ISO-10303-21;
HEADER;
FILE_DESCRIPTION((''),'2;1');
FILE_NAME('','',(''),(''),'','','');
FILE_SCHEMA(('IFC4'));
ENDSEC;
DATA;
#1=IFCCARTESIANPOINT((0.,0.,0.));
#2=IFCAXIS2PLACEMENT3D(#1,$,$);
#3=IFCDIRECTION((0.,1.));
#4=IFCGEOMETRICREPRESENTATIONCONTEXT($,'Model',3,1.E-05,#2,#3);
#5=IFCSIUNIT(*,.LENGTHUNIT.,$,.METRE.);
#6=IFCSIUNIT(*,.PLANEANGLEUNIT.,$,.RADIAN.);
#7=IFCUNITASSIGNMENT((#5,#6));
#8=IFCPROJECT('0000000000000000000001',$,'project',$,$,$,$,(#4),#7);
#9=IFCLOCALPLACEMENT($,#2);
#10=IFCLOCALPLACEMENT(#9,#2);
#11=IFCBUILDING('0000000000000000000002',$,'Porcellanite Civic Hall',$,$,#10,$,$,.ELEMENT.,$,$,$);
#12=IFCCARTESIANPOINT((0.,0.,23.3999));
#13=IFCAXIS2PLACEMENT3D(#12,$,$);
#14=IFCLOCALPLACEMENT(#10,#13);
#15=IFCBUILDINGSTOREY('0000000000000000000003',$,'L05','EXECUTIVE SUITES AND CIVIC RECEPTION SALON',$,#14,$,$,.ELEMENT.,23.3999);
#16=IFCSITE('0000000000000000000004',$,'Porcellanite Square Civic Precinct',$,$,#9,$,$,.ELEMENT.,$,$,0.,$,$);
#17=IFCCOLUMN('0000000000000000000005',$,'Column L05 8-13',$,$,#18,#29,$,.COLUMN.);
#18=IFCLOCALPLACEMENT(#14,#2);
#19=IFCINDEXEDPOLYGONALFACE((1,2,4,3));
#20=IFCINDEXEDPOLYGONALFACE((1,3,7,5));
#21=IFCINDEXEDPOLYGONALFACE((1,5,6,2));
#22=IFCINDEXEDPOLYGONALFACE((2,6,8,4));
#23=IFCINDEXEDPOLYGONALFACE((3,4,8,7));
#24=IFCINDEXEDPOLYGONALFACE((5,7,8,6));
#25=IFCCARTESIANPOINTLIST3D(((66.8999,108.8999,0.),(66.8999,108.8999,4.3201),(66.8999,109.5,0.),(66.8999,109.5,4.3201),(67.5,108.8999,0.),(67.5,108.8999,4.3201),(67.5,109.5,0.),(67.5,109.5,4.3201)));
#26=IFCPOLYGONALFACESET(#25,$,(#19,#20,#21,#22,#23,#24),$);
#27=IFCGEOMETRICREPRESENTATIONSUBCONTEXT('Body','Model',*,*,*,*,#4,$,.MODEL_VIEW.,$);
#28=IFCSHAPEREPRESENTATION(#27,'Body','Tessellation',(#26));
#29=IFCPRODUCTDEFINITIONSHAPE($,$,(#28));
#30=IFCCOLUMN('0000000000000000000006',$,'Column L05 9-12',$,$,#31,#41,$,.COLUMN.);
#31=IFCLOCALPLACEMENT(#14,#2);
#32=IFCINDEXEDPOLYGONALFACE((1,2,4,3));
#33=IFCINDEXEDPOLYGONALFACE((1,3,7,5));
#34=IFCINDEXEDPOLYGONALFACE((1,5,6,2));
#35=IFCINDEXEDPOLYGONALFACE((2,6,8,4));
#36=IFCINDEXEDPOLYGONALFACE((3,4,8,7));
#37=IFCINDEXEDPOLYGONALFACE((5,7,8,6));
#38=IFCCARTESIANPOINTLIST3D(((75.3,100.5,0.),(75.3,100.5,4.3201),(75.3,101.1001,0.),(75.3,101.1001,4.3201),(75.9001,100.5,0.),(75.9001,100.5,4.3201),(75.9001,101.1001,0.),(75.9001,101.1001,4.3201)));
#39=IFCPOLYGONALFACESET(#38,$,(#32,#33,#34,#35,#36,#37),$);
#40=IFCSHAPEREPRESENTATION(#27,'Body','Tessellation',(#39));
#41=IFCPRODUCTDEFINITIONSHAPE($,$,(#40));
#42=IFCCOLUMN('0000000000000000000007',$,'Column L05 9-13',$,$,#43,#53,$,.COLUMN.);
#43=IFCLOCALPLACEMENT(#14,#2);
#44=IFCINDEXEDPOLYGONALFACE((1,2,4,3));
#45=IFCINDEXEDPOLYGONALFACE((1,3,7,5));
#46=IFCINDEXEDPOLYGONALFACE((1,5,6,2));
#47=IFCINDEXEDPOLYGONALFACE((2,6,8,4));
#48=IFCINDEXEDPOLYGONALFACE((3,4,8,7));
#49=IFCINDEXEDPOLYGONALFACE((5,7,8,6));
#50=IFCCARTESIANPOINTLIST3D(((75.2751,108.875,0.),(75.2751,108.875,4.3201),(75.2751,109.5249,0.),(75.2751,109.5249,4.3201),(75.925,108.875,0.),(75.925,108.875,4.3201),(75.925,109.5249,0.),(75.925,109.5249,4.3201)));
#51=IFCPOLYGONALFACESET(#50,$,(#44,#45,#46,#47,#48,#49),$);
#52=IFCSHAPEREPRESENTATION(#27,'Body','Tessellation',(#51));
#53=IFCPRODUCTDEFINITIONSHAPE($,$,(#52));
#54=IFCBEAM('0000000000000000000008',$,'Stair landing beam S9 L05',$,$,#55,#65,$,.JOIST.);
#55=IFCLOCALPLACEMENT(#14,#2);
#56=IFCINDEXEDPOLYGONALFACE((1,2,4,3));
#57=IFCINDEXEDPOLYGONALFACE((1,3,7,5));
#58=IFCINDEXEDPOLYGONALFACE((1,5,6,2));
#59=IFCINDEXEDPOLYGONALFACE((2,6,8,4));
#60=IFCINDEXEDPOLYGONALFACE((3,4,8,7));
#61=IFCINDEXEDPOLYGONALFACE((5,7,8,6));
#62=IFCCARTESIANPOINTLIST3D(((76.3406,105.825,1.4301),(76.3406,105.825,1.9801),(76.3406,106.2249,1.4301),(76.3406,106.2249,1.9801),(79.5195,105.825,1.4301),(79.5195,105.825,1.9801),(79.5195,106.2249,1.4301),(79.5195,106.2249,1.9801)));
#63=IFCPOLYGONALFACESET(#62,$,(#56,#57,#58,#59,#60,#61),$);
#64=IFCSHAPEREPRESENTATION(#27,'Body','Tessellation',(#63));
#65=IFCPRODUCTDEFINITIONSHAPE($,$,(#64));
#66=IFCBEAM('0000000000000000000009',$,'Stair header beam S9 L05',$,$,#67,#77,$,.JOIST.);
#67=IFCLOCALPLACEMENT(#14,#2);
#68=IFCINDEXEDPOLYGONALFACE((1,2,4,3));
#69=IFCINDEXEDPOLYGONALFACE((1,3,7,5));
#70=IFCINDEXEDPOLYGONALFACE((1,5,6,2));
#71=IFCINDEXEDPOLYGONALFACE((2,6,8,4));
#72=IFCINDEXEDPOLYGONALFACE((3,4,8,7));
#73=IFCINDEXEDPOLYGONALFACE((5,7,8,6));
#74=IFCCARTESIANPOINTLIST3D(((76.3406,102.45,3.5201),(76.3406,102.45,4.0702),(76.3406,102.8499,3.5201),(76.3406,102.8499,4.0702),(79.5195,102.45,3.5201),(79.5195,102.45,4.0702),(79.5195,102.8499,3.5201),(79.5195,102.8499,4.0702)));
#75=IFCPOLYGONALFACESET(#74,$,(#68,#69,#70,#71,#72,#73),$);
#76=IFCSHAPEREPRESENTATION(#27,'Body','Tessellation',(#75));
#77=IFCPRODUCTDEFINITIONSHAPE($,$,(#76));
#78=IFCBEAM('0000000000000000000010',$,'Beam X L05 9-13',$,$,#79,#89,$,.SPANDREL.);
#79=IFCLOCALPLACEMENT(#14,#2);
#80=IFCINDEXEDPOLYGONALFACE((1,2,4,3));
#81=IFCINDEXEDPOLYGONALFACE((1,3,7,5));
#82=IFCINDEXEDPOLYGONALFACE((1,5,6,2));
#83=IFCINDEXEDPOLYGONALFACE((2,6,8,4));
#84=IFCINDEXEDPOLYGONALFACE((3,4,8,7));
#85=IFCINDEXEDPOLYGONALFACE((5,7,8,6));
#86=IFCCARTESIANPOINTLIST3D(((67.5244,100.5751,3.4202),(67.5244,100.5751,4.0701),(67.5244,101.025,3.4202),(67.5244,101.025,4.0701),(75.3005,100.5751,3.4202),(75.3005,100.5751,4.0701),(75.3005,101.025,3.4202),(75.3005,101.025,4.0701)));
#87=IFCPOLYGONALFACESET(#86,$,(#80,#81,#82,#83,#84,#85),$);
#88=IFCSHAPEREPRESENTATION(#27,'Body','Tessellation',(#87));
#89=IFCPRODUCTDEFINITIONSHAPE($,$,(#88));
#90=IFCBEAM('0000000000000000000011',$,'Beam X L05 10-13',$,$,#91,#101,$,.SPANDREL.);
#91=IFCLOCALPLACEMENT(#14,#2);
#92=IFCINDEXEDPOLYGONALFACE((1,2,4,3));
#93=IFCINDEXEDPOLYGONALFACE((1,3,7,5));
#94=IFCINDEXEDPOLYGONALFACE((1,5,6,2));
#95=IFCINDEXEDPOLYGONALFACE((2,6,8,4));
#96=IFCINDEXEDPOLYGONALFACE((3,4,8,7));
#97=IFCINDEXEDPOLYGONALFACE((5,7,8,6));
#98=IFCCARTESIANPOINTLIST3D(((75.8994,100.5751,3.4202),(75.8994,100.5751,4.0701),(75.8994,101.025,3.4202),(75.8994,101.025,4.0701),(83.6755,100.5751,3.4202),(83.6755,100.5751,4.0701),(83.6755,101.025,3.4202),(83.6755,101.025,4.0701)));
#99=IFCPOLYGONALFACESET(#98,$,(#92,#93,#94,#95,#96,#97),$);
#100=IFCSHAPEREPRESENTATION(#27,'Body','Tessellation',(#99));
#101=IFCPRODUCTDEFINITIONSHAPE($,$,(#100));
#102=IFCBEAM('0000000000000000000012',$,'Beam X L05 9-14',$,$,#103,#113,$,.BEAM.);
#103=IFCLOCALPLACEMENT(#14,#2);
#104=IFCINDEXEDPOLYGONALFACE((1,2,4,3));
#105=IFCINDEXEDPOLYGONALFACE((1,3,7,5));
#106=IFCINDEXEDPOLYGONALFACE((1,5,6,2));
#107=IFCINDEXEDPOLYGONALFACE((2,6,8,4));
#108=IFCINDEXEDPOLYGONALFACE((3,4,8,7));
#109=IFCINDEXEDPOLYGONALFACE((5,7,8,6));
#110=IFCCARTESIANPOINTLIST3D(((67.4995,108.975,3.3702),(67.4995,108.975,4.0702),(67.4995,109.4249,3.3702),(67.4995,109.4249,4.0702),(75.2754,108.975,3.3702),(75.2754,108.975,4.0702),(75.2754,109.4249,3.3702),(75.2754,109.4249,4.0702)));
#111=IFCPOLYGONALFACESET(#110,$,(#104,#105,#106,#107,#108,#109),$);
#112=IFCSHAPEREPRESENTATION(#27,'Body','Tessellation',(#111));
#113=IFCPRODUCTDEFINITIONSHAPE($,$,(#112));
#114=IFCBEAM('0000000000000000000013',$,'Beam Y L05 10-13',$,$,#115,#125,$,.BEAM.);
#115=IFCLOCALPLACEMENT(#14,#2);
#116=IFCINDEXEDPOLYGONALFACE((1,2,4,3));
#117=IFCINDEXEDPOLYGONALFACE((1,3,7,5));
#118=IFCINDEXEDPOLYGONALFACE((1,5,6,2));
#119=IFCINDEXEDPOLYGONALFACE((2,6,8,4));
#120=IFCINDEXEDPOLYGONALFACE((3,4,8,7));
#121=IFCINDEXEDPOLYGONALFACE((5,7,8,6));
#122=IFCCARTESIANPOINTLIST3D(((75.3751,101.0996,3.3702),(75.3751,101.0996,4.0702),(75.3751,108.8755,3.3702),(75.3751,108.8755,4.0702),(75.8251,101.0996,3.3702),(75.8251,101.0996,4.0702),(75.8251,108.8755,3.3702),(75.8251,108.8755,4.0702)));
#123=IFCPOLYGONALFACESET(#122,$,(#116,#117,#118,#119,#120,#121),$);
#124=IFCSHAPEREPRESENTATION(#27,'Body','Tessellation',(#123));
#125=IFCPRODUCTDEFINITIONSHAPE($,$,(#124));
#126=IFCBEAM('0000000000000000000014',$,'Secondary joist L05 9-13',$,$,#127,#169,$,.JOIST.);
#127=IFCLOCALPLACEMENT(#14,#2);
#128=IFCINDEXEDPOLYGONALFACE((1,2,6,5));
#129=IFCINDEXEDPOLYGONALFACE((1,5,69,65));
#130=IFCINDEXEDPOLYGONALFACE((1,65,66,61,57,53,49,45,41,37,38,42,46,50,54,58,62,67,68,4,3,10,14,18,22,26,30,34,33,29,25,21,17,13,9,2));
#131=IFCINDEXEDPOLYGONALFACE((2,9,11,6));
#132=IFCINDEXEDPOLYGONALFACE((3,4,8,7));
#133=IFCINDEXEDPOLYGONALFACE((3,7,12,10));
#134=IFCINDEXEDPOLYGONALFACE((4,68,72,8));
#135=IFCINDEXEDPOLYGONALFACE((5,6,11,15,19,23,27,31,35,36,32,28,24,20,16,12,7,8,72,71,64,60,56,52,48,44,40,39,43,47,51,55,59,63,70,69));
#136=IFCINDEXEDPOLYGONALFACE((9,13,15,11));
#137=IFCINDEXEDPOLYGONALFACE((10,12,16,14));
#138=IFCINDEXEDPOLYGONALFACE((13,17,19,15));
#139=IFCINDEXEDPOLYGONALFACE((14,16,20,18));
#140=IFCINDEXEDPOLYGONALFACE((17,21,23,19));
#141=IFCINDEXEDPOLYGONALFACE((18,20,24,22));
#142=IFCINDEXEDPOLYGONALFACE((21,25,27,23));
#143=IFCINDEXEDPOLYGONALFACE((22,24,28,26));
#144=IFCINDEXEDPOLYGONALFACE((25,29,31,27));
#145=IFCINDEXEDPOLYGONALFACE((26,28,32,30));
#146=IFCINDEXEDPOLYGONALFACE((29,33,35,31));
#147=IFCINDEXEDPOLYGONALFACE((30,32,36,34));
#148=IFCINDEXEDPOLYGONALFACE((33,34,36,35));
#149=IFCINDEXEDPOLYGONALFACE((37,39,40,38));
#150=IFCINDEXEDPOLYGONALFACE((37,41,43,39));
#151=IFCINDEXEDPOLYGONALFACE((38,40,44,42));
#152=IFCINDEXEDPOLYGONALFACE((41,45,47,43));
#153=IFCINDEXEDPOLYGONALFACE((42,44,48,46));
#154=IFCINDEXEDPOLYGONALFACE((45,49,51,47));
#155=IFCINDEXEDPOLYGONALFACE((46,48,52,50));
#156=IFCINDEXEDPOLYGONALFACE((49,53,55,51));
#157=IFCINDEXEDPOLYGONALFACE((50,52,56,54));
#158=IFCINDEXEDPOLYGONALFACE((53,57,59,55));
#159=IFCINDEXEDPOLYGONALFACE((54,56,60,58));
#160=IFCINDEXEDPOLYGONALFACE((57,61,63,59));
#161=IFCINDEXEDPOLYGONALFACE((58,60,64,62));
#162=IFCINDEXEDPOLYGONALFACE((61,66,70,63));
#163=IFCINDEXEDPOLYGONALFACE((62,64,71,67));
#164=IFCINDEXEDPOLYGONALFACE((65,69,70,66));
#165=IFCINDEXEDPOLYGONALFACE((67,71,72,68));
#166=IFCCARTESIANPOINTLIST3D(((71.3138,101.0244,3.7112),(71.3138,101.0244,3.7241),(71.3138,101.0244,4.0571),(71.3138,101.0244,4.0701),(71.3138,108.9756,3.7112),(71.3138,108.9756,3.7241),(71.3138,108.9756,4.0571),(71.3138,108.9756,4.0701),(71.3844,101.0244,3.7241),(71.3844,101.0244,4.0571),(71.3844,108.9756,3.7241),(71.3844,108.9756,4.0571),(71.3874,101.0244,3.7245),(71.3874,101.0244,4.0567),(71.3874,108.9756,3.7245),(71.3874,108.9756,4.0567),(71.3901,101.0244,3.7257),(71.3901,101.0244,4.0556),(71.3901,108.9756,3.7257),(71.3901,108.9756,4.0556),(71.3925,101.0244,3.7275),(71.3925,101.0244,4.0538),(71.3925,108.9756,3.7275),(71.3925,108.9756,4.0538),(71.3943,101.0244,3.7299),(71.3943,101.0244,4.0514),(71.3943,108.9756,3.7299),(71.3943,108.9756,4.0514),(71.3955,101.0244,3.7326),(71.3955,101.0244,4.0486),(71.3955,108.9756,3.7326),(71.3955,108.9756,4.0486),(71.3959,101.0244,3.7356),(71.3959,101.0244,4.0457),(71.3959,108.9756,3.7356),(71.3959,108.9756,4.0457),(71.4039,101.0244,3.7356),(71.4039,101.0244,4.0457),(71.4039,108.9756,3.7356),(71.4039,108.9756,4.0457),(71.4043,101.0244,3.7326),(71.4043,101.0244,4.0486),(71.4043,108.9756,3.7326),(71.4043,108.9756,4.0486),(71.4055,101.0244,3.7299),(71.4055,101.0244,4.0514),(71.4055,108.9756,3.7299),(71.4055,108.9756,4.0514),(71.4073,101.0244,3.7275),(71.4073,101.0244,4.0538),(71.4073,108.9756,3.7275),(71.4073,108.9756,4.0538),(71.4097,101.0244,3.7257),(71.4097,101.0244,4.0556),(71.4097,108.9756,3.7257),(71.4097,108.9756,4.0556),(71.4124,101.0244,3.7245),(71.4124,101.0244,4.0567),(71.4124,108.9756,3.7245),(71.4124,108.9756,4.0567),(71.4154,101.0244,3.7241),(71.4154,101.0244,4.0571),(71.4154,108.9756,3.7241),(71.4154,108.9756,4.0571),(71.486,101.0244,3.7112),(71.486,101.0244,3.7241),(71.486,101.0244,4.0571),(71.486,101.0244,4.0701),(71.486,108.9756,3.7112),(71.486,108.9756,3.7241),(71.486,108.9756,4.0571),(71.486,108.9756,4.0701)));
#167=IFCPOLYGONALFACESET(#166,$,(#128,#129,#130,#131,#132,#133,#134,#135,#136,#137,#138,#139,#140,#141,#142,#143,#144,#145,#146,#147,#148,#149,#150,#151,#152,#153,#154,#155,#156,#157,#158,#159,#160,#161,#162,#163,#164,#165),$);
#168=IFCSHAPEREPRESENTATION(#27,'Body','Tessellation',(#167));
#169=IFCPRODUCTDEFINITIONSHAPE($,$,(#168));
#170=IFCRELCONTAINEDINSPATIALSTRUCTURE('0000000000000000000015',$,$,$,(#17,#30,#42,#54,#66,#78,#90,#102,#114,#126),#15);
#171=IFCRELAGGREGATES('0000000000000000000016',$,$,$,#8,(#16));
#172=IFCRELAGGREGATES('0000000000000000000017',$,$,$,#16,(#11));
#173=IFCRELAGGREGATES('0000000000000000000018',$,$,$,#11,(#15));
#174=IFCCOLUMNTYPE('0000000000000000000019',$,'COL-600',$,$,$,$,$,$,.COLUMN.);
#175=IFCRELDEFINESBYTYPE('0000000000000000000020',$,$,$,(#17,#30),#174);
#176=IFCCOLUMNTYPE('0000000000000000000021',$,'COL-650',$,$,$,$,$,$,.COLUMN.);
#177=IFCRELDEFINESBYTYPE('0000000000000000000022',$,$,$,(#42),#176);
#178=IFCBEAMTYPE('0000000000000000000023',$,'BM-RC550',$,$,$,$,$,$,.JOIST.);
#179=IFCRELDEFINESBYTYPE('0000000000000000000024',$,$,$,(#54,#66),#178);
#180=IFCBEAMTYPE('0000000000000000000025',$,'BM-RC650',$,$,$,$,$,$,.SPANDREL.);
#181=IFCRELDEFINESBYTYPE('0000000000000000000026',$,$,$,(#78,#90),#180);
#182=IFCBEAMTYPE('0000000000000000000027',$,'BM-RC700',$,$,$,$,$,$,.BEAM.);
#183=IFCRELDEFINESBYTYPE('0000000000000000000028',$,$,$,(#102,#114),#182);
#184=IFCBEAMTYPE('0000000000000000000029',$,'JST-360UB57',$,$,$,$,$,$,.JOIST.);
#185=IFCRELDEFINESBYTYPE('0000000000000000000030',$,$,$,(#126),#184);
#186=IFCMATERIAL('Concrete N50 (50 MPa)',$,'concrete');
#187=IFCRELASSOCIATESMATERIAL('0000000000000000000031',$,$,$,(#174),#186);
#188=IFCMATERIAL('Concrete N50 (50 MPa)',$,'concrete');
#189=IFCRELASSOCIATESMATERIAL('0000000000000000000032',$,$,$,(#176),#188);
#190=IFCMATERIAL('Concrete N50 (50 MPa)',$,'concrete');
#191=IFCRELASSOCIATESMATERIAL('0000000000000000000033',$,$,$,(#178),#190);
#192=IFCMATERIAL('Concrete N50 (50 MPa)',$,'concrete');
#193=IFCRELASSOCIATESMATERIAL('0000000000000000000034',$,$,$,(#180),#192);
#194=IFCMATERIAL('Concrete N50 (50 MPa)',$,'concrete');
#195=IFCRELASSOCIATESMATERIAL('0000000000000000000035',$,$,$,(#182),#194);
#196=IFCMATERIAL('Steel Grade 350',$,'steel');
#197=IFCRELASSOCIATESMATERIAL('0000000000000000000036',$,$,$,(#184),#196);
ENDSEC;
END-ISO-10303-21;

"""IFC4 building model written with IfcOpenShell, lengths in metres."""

from ifc_helpers import new_model, si_unit, direction, frame, origin, origin_2d, place, context, subcontext, project, spatial, rectangle, i_section, extrude, material, material_profile, profile_set, type_object, element, save


model = new_model("IFC4")

# Units and contexts
model_context = context("Model", 3, precision=1e-05, world=origin(), true_north=direction((0.0, 1.0)))
body_context = subcontext(model_context, "Body", "Model", "MODEL_VIEW")
ifc_project = project(units=[si_unit("LENGTHUNIT", "METRE"), si_unit("PLANEANGLEUNIT", "RADIAN")], contexts=[model_context])

# Site, building, storey
site_placement = place(None, origin())
site = spatial("IfcSite", under=ifc_project, at=site_placement, Name="Porcellanite Square Civic Precinct", CompositionType="ELEMENT", RefElevation=0.0)
building_placement = place(site_placement, origin())
building = spatial("IfcBuilding", under=site, at=building_placement, Name="Porcellanite Civic Hall", CompositionType="ELEMENT")
storey_placement = place(building_placement, frame((0.0, 0.0, 23.3999)))
storey = spatial("IfcBuildingStorey", under=building, at=storey_placement, Name="L05", Description="EXECUTIVE SUITES AND CIVIC RECEPTION SALON", CompositionType="ELEMENT", Elevation=23.3999)

# Columns
ifc_material_1 = material(Name="Concrete N50 (50 MPa)", Category="concrete")
ifc_material_profile_1 = material_profile(ifc_material_1, rectangle(XDim=0.6001, YDim=0.6001, at=origin_2d()), Name="RC-600x600")
ifc_profile_set_1 = profile_set([ifc_material_profile_1], Name="Concrete N50 (50 MPa)")
column_type_1 = type_object("IfcColumnType", Name="COL-600", PredefinedType="COLUMN", material=ifc_profile_set_1)
for number, where, z_axis, x_axis, name in (
    (1, (67.2, 109.2, 0.0), (0.0, 0.0, 1.0), (1.0, 0.0, 0.0), "Column L05 8-13"),
    (2, (75.6001, 100.8, 0.0), (0.0, 0.0, 1.0), (1.0, 0.0, 0.0), "Column L05 9-12"),
):
    element("IfcColumn", number, at=place(storey_placement, frame(where, z_axis=z_axis, x_axis=x_axis)), inside=storey, type_object=column_type_1, Name=name, PredefinedType="COLUMN", context=body_context, shape_type="SweptSolid", body=[
        extrude(rectangle(XDim=0.6001, YDim=0.6001, at=origin_2d()), origin(), (0.0, 0.0, 1.0), 4.3201),
    ])
ifc_material_2 = material(Name="Concrete N50 (50 MPa)", Category="concrete")
ifc_material_profile_2 = material_profile(ifc_material_2, rectangle(XDim=0.6499, YDim=0.6499, at=origin_2d()), Name="RC-650x650")
ifc_profile_set_2 = profile_set([ifc_material_profile_2], Name="Concrete N50 (50 MPa)")
column_type_2 = type_object("IfcColumnType", Name="COL-650", PredefinedType="COLUMN", material=ifc_profile_set_2)
column_placement = place(storey_placement, frame((75.6001, 109.2, 0.0), z_axis=(0.0, 0.0, 1.0), x_axis=(1.0, 0.0, 0.0)))
element("IfcColumn", 3, at=column_placement, inside=storey, type_object=column_type_2, Name="Column L05 9-13", PredefinedType="COLUMN", context=body_context, shape_type="SweptSolid", body=[
    extrude(rectangle(XDim=0.6499, YDim=0.6499, at=origin_2d()), origin(), (0.0, 0.0, 1.0), 4.3201),
])

# Beams
ifc_material_3 = material(Name="Concrete N50 (50 MPa)", Category="concrete")
ifc_material_profile_3 = material_profile(ifc_material_3, rectangle(XDim=0.3999, YDim=0.55, at=origin_2d()), Name="RC-400x550")
ifc_profile_set_3 = profile_set([ifc_material_profile_3], Name="Concrete N50 (50 MPa)")
beam_type_1 = type_object("IfcBeamType", Name="BM-RC550", PredefinedType="JOIST", material=ifc_profile_set_3)
for number, where, z_axis, x_axis, name in (
    (4, (76.3406, 106.0249, 1.7051), (1.0, 0.0, 0.0), (0.0, 1.0, 0.0), "Stair landing beam S9 L05"),
    (5, (76.3406, 102.6499, 3.7952), (1.0, 0.0, 0.0), (0.0, 1.0, 0.0), "Stair header beam S9 L05"),
):
    element("IfcBeam", number, at=place(storey_placement, frame(where, z_axis=z_axis, x_axis=x_axis)), inside=storey, type_object=beam_type_1, Name=name, PredefinedType="JOIST", context=body_context, shape_type="SweptSolid", body=[
        extrude(rectangle(XDim=0.3999, YDim=0.55, at=origin_2d()), origin(), (0.0, 0.0, 1.0), 3.179),
    ])
ifc_material_4 = material(Name="Concrete N50 (50 MPa)", Category="concrete")
ifc_material_profile_4 = material_profile(ifc_material_4, rectangle(XDim=0.45, YDim=0.6499, at=origin_2d()), Name="RC-450x650")
ifc_profile_set_4 = profile_set([ifc_material_profile_4], Name="Concrete N50 (50 MPa)")
beam_type_2 = type_object("IfcBeamType", Name="BM-RC650", PredefinedType="SPANDREL", material=ifc_profile_set_4)
for number, where, z_axis, x_axis, name in (
    (6, (67.5244, 100.8, 3.7451), (1.0, 0.0, 0.0), (0.0, 1.0, 0.0), "Beam X L05 9-13"),
    (7, (75.8994, 100.8, 3.7451), (1.0, 0.0, 0.0), (0.0, 1.0, 0.0), "Beam X L05 10-13"),
):
    element("IfcBeam", number, at=place(storey_placement, frame(where, z_axis=z_axis, x_axis=x_axis)), inside=storey, type_object=beam_type_2, Name=name, PredefinedType="SPANDREL", context=body_context, shape_type="SweptSolid", body=[
        extrude(rectangle(XDim=0.45, YDim=0.6499, at=origin_2d()), origin(), (0.0, 0.0, 1.0), 7.7761),
    ])
ifc_material_5 = material(Name="Concrete N50 (50 MPa)", Category="concrete")
ifc_material_profile_5 = material_profile(ifc_material_5, rectangle(XDim=0.45, YDim=0.7, at=origin_2d()), Name="RC-450x700")
ifc_profile_set_5 = profile_set([ifc_material_profile_5], Name="Concrete N50 (50 MPa)")
beam_type_3 = type_object("IfcBeamType", Name="BM-RC700", PredefinedType="BEAM", material=ifc_profile_set_5)
for number, where, z_axis, x_axis, name in (
    (8, (67.4995, 109.2, 3.7202), (1.0, 0.0, 0.0), (0.0, 1.0, 0.0), "Beam X L05 9-14"),
    (9, (75.6001, 101.0996, 3.7202), (0.0, 1.0, 0.0), (-1.0, 0.0, 0.0), "Beam Y L05 10-13"),
):
    element("IfcBeam", number, at=place(storey_placement, frame(where, z_axis=z_axis, x_axis=x_axis)), inside=storey, type_object=beam_type_3, Name=name, PredefinedType="BEAM", context=body_context, shape_type="SweptSolid", body=[
        extrude(rectangle(XDim=0.45, YDim=0.7, at=origin_2d()), origin(), (0.0, 0.0, 1.0), 7.7759),
    ])
ifc_material_6 = material(Name="Steel Grade 350", Category="steel")
ifc_material_profile_6 = material_profile(ifc_material_6, i_section(OverallWidth=0.1721, OverallDepth=0.3589, WebThickness=0.0081, FlangeThickness=0.0129, FilletRadius=0.0115, at=origin_2d()), Name="360UB56.7")
ifc_profile_set_6 = profile_set([ifc_material_profile_6], Name="Steel Grade 350")
beam_type_4 = type_object("IfcBeamType", Name="JST-360UB57", PredefinedType="JOIST", material=ifc_profile_set_6)
beam_1_placement = place(storey_placement, frame((71.3999, 101.0244, 3.8906), z_axis=(0.0, 1.0, 0.0), x_axis=(-1.0, 0.0, 0.0)))
element("IfcBeam", 10, at=beam_1_placement, inside=storey, type_object=beam_type_4, Name="Secondary joist L05 9-13", PredefinedType="JOIST", context=body_context, shape_type="SweptSolid", body=[
    extrude(i_section(OverallWidth=0.1721, OverallDepth=0.3589, WebThickness=0.0081, FlangeThickness=0.0129, FilletRadius=0.0115, at=origin_2d()), origin(), (0.0, 0.0, 1.0), 7.9512),
])

save(model, "model.ifc")
